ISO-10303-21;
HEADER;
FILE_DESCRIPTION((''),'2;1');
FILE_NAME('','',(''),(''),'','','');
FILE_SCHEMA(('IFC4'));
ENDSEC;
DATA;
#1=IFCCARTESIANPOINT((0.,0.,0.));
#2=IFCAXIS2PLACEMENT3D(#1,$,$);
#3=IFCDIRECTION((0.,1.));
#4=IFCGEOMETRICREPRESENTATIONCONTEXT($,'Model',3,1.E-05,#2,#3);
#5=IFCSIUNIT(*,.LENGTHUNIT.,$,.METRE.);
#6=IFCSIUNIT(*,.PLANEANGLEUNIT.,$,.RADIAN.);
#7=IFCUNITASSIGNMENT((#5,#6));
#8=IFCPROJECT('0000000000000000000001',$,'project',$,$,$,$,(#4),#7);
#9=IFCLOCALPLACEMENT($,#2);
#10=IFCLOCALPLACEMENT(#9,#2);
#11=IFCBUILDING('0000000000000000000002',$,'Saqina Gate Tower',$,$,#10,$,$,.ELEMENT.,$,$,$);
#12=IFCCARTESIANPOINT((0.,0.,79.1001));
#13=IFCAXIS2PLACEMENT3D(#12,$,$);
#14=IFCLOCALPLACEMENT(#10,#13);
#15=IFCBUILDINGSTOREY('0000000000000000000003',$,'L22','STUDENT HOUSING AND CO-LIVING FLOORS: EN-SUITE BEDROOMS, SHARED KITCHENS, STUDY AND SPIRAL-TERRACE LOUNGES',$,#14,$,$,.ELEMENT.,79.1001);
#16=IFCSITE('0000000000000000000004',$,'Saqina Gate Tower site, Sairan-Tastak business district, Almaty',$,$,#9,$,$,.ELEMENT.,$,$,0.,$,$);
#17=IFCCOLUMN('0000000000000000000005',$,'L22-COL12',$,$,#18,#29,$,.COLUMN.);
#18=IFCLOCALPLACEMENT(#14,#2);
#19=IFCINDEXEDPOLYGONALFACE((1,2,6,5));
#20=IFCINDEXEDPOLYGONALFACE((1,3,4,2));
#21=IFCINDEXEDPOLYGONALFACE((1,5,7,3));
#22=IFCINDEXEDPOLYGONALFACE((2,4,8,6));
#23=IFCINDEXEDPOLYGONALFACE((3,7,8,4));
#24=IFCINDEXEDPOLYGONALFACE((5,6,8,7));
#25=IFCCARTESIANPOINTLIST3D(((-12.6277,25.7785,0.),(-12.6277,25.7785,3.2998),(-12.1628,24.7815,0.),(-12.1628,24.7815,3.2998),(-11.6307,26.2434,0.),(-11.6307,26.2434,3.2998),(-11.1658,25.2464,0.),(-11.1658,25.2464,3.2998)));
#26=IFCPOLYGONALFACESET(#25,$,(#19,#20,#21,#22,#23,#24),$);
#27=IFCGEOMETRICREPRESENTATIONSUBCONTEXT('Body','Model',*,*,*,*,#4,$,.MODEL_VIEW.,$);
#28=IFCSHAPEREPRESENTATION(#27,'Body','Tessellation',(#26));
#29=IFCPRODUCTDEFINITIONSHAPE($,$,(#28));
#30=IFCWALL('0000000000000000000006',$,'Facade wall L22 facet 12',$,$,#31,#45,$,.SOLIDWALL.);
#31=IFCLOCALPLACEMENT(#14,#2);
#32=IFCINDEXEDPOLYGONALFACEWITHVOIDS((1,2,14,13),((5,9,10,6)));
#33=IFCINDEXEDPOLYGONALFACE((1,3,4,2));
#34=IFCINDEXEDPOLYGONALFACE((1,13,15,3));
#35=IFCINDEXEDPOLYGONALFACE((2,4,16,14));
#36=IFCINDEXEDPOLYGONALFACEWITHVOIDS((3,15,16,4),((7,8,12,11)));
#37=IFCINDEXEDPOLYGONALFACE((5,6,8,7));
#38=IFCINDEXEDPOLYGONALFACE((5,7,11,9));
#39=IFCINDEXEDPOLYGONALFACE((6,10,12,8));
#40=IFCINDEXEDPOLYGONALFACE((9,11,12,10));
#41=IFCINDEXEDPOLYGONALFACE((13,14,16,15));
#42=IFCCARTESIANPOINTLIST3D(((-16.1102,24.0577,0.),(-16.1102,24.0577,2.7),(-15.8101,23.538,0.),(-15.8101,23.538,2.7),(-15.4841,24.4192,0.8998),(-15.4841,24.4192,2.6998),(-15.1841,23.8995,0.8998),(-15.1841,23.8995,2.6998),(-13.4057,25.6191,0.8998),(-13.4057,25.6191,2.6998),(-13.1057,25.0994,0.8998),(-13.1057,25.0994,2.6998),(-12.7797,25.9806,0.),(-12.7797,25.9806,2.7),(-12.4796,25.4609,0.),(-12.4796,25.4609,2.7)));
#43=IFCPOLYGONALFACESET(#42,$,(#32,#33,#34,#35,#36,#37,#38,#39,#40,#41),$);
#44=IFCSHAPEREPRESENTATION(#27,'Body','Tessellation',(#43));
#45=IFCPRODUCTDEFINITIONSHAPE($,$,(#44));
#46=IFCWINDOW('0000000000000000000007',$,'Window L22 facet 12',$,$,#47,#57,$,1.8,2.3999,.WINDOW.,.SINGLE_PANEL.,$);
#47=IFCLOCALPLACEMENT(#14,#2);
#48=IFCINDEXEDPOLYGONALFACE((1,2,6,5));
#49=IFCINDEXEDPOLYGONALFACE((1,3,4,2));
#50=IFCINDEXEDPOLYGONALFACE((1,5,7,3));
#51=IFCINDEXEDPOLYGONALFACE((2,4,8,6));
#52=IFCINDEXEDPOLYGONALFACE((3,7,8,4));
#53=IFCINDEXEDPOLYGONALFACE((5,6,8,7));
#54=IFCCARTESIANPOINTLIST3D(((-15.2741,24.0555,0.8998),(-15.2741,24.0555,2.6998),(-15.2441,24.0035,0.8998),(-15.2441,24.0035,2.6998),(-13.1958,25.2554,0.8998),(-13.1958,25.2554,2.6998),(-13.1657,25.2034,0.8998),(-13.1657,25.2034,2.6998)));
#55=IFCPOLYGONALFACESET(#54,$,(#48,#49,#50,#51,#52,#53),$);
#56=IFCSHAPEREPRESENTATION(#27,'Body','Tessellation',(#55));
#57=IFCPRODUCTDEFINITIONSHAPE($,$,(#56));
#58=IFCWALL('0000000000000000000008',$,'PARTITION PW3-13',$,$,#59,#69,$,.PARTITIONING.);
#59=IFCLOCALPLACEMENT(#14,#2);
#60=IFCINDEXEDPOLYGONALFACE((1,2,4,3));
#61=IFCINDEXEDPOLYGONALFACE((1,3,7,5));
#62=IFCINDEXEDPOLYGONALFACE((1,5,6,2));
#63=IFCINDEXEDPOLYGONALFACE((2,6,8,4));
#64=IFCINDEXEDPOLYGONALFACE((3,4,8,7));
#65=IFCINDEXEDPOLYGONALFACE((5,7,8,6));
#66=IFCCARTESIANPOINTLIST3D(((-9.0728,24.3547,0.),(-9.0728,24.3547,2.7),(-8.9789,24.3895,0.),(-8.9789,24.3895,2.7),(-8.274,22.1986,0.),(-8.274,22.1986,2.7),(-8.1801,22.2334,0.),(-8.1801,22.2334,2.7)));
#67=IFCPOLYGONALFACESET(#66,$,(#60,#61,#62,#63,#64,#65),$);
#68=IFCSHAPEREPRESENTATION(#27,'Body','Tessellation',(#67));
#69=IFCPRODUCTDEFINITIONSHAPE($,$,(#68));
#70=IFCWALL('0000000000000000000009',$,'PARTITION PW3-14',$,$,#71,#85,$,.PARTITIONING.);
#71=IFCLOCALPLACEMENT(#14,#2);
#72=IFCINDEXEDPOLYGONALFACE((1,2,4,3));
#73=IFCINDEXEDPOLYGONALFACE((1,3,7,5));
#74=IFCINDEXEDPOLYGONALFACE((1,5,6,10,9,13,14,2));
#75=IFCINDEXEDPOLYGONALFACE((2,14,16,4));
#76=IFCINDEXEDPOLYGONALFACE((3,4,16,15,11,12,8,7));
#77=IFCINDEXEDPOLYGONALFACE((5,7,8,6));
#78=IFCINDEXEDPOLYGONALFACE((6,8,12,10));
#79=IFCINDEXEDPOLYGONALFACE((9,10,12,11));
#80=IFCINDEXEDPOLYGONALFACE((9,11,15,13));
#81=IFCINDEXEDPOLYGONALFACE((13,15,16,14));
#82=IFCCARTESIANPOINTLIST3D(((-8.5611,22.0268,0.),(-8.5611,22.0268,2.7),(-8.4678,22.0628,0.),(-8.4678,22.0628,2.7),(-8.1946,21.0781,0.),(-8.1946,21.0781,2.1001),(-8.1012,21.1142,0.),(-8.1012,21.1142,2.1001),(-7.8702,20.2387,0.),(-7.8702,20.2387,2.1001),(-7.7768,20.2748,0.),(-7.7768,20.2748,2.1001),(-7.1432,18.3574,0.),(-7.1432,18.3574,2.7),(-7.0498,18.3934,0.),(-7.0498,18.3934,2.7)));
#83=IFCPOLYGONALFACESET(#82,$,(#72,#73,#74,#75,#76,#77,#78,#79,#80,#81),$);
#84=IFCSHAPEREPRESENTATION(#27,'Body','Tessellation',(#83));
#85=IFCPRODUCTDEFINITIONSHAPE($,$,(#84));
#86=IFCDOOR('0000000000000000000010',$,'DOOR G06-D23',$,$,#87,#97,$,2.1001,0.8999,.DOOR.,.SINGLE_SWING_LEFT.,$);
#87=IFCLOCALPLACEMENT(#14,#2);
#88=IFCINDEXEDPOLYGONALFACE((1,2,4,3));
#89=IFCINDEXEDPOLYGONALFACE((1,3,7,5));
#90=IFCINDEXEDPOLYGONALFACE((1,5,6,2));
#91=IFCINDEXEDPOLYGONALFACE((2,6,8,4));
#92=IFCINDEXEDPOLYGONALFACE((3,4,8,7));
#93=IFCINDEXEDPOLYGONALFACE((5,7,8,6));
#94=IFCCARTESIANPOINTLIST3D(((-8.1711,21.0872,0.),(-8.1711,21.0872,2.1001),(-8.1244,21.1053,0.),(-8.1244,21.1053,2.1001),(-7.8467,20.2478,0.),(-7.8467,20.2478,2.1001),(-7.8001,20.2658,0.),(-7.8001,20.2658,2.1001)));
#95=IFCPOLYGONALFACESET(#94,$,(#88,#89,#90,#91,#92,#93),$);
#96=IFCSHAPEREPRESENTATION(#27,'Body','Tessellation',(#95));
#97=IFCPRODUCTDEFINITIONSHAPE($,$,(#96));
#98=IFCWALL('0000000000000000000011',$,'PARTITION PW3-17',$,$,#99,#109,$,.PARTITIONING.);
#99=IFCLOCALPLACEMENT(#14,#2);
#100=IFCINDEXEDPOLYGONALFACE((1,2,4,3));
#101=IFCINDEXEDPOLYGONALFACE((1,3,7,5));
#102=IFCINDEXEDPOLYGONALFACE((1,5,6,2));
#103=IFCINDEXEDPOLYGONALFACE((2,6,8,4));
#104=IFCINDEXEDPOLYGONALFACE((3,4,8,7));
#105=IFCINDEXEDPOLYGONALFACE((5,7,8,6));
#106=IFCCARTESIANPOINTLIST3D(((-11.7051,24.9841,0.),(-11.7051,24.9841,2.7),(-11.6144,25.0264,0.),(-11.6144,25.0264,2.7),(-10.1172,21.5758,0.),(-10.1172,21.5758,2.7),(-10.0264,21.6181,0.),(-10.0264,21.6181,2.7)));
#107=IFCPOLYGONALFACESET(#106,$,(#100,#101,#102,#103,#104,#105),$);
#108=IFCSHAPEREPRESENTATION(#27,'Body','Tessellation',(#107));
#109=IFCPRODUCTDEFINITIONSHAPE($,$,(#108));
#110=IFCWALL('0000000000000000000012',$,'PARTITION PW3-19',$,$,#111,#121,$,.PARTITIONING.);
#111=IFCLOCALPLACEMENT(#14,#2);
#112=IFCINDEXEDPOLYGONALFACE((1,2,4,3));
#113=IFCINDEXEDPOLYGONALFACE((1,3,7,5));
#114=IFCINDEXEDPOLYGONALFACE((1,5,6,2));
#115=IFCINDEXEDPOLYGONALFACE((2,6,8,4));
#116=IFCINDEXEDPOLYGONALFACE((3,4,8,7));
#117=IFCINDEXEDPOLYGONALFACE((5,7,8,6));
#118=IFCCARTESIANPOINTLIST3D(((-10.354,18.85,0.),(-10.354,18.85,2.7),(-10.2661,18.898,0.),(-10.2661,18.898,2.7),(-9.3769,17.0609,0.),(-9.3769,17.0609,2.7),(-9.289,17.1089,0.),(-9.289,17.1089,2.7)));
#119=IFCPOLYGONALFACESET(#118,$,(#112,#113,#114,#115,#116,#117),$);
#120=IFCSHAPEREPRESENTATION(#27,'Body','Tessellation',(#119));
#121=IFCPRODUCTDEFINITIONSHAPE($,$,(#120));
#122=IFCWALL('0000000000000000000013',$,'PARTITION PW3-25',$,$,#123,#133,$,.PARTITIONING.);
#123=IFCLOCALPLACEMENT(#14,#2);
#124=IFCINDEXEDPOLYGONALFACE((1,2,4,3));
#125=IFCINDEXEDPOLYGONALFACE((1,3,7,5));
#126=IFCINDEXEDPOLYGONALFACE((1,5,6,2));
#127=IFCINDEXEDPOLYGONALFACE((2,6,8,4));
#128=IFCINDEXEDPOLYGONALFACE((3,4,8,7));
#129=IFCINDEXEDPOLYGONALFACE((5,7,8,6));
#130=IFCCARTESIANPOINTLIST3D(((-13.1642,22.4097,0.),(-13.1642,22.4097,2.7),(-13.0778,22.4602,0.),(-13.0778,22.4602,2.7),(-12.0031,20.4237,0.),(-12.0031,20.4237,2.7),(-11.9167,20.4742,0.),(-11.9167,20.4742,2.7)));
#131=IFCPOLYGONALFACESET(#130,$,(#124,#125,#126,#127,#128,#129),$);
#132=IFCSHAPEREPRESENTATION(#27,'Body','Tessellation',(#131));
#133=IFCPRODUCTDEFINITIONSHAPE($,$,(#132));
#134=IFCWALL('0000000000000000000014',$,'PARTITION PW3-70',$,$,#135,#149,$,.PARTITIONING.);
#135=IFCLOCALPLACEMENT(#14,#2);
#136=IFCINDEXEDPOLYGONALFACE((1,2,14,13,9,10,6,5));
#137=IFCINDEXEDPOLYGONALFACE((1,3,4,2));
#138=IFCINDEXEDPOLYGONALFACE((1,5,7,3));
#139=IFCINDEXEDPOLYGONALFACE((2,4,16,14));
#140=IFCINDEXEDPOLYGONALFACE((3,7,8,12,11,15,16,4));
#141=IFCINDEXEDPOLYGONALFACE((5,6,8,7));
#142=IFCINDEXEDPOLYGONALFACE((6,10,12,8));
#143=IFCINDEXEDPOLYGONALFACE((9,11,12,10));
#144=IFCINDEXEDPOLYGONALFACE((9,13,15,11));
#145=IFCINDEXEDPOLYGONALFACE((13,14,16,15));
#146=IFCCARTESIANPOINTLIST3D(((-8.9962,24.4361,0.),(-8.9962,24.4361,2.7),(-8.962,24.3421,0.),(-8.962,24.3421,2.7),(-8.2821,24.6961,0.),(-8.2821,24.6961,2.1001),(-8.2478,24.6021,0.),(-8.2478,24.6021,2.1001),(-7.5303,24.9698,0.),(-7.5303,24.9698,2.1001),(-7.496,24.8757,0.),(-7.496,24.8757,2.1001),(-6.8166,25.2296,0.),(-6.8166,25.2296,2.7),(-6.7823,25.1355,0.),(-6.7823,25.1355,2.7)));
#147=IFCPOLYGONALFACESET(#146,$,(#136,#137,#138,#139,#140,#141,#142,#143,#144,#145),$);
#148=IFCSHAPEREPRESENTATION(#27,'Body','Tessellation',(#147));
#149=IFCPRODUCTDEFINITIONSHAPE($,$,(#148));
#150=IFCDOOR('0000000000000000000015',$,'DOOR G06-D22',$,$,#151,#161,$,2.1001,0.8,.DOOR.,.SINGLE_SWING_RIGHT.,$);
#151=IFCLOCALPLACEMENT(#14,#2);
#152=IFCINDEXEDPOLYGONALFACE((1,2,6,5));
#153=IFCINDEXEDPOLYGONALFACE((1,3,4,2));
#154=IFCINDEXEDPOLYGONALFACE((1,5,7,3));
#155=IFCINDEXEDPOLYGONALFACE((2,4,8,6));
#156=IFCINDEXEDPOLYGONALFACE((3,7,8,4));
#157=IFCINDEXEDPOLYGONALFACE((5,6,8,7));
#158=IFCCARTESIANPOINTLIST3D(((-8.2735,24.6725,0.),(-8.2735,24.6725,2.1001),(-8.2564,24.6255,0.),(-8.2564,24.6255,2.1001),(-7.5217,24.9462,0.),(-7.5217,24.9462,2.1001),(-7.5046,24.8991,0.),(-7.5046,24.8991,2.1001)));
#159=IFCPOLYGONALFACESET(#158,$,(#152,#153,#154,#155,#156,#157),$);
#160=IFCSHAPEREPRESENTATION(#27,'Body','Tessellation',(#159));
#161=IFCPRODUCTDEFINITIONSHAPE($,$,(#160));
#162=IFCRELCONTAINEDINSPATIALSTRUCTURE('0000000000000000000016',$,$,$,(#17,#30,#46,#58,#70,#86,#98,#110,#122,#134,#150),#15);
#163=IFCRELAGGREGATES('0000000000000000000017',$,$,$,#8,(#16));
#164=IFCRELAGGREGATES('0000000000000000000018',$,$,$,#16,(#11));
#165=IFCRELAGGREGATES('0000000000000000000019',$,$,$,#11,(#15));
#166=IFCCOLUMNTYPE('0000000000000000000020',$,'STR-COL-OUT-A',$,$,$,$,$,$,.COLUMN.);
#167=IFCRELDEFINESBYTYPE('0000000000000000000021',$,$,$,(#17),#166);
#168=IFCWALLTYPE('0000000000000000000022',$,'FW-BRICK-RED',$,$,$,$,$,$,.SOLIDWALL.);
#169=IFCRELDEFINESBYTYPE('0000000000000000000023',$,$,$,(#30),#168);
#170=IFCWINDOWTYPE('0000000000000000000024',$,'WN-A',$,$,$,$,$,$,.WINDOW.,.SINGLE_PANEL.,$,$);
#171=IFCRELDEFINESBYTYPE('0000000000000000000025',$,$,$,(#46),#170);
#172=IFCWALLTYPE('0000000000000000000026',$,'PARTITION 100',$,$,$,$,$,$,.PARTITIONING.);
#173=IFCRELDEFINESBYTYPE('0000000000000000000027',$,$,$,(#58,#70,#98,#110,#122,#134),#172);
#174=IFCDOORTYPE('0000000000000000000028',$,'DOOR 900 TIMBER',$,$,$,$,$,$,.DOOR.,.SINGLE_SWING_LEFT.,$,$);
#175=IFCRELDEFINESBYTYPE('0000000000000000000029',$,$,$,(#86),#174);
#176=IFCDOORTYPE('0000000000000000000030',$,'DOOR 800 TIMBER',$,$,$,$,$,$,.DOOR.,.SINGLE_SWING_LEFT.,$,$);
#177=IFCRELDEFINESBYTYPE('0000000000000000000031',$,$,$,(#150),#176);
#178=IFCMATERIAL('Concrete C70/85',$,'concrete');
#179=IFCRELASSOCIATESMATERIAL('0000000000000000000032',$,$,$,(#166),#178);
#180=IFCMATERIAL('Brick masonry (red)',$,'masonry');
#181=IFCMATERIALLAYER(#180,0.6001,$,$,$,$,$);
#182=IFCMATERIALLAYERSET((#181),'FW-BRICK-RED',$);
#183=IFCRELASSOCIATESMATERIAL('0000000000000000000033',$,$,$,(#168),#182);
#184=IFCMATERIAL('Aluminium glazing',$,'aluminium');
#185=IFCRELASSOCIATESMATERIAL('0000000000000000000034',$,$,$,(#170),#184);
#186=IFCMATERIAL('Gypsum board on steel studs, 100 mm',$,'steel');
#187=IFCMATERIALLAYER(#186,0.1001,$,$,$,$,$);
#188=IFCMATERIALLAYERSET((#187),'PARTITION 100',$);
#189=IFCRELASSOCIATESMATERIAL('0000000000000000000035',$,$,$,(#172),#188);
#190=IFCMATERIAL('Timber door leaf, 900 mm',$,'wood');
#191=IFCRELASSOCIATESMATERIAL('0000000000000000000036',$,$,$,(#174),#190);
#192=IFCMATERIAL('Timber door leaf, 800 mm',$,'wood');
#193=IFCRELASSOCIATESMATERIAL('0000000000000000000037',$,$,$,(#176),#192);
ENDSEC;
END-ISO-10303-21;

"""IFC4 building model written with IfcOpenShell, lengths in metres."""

from ifc_helpers import new_model, si_unit, direction, frame, frame_2d, origin, origin_2d, place, context, subcontext, project, spatial, rectangle, extrude, material, layer, layer_set, material_profile, profile_set, type_object, element, fill, save


model = new_model("IFC4")

# Units and contexts
model_context = context("Model", 3, precision=1e-05, world=origin(), true_north=direction((0.0, 1.0)))
body_context = subcontext(model_context, "Body", "Model", "MODEL_VIEW")
ifc_project = project(units=[si_unit("LENGTHUNIT", "METRE"), si_unit("PLANEANGLEUNIT", "RADIAN")], contexts=[model_context])

# Site, building, storey
site_placement = place(None, origin())
site = spatial("IfcSite", under=ifc_project, at=site_placement, Name="Saqina Gate Tower site, Sairan-Tastak business district, Almaty", CompositionType="ELEMENT", RefElevation=0.0)
building_placement = place(site_placement, origin())
building = spatial("IfcBuilding", under=site, at=building_placement, Name="Saqina Gate Tower", CompositionType="ELEMENT")
storey_placement = place(building_placement, frame((0.0, 0.0, 79.1001)))
storey = spatial("IfcBuildingStorey", under=building, at=storey_placement, Name="L22", Description="STUDENT HOUSING AND CO-LIVING FLOORS: EN-SUITE BEDROOMS, SHARED KITCHENS, STUDY AND SPIRAL-TERRACE LOUNGES", CompositionType="ELEMENT", Elevation=79.1001)

# Column
ifc_material_1 = material(Name="Concrete C70/85", Category="concrete")
ifc_material_profile = material_profile(ifc_material_1, rectangle(XDim=1.1001, YDim=1.1001, at=origin_2d()), Name="RC 1100x1100")
ifc_profile_set = profile_set([ifc_material_profile], Name="Concrete C70/85")
column_type = type_object("IfcColumnType", Name="STR-COL-OUT-A", PredefinedType="COLUMN", material=ifc_profile_set)
column_placement = place(storey_placement, frame((-11.8967, 25.5125, 0.0), z_axis=(0.0, 0.0, 1.0), x_axis=(-0.422618, 0.906308, 0.0)))
element("IfcColumn", 1, at=column_placement, inside=storey, type_object=column_type, Name="L22-COL12", PredefinedType="COLUMN", context=body_context, shape_type="SweptSolid", body=[
    extrude(rectangle(XDim=1.1001, YDim=1.1001, at=origin_2d()), origin(), (0.0, 0.0, 1.0), 3.2998),
])

# Wall, opening, window
ifc_material_2 = material(Name="Brick masonry (red)", Category="masonry")
ifc_layer_1 = layer(ifc_material_2, 0.6001)
ifc_layer_set_1 = layer_set([ifc_layer_1], Name="FW-BRICK-RED")
wall_type_1 = type_object("IfcWallType", Name="FW-BRICK-RED", PredefinedType="SOLIDWALL", material=ifc_layer_set_1)
wall_1_placement = place(storey_placement, frame((-12.6296, 25.7207, 0.0), z_axis=(0.0, 0.0, 1.0), x_axis=(-0.866031, -0.49999, 0.0)))
wall_1 = element("IfcWall", 2, at=wall_1_placement, inside=storey, type_object=wall_type_1, Name="Facade wall L22 facet 12", PredefinedType="SOLIDWALL", context=body_context, shape_type="SweptSolid", body=[
    extrude(rectangle(XDim=3.8457, YDim=0.6001, at=frame_2d((1.9229, 0.0))), origin(), (0.0, 0.0, 1.0), 2.7),
])
opening_1_placement = place(wall_1_placement, frame((0.7229, 0.0, 0.8999)))
opening_1 = element("IfcOpeningElement", 3, at=opening_1_placement, cuts=wall_1, PredefinedType="OPENING", context=body_context, shape_type="SweptSolid", body=[
    extrude(rectangle(XDim=2.3999, YDim=1.8, at=frame_2d((1.2, 0.8999))), frame((0.0, 0.312, 0.0), z_axis=(0.0, -1.0, 0.0), x_axis=(1.0, 0.0, 0.0)), (0.0, 0.0, 1.0), 0.624),
])
ifc_material_3 = material(Name="Aluminium glazing", Category="aluminium")
window_type = type_object("IfcWindowType", Name="WN-A", PartitioningType="SINGLE_PANEL", PredefinedType="WINDOW", material=ifc_material_3)
window_placement = place(opening_1_placement, origin())
window = element("IfcWindow", 4, at=window_placement, inside=storey, type_object=window_type, Name="Window L22 facet 12", OverallHeight=1.8, OverallWidth=2.3999, PartitioningType="SINGLE_PANEL", PredefinedType="WINDOW", context=body_context, shape_type="SweptSolid", body=[
    extrude(rectangle(XDim=2.3999, YDim=1.8, at=frame_2d((1.2, 0.8999))), frame((0.0, 0.1799, 0.0), z_axis=(0.0, -1.0, 0.0), x_axis=(1.0, 0.0, 0.0)), (0.0, 0.0, 1.0), 0.0601),
])
fill(opening_1, window)

# Wall
ifc_material_4 = material(Name="Gypsum board on steel studs, 100 mm", Category="steel")
ifc_layer_2 = layer(ifc_material_4, 0.1001)
ifc_layer_set_2 = layer_set([ifc_layer_2], Name="PARTITION 100")
wall_type_2 = type_object("IfcWallType", Name="PARTITION 100", PredefinedType="PARTITIONING", material=ifc_layer_set_2)
wall_2_placement = place(storey_placement, frame((-9.0259, 24.3721, 0.0), z_axis=(0.0, 0.0, 1.0), x_axis=(0.347432, -0.937705, 0.0)))
element("IfcWall", 5, at=wall_2_placement, inside=storey, type_object=wall_type_2, Name="PARTITION PW3-13", PredefinedType="PARTITIONING", context=body_context, shape_type="SweptSolid", body=[
    extrude(rectangle(XDim=2.2993, YDim=0.1001, at=frame_2d((1.1497, 0.0))), origin(), (0.0, 0.0, 1.0), 2.7),
])

# Wall, opening, door
wall_3_placement = place(storey_placement, frame((-8.5144, 22.0447, 0.0), z_axis=(0.0, 0.0, 1.0), x_axis=(0.360451, -0.932778, 0.0)))
wall_3 = element("IfcWall", 6, at=wall_3_placement, inside=storey, type_object=wall_type_2, Name="PARTITION PW3-14", PredefinedType="PARTITIONING", context=body_context, shape_type="SweptSolid", body=[
    extrude(rectangle(XDim=3.9338, YDim=0.1001, at=frame_2d((1.9668, 0.0))), origin(), (0.0, 0.0, 1.0), 2.7),
])
opening_2_placement = place(wall_3_placement, frame((1.0168, 0.0, 0.0)))
opening_2 = element("IfcOpeningElement", 7, at=opening_2_placement, cuts=wall_3, PredefinedType="OPENING", context=body_context, shape_type="SweptSolid", body=[
    extrude(rectangle(XDim=0.8999, YDim=2.1001, at=frame_2d((0.45, 1.05))), frame((0.0, 0.062, 0.0), z_axis=(0.0, -1.0, 0.0), x_axis=(1.0, 0.0, 0.0)), (0.0, 0.0, 1.0), 0.124),
])
ifc_material_5 = material(Name="Timber door leaf, 900 mm", Category="wood")
door_type_1 = type_object("IfcDoorType", Name="DOOR 900 TIMBER", OperationType="SINGLE_SWING_LEFT", PredefinedType="DOOR", material=ifc_material_5)
door_1_placement = place(opening_2_placement, frame((0.8999, 0.0, 0.0), z_axis=(0.0, 0.0, 1.0), x_axis=(-1.0, 0.0, 0.0)))
door_1 = element("IfcDoor", 8, at=door_1_placement, inside=storey, type_object=door_type_1, Name="DOOR G06-D23", OperationType="SINGLE_SWING_LEFT", OverallHeight=2.1001, OverallWidth=0.8999, PredefinedType="DOOR", context=body_context, shape_type="SweptSolid", body=[
    extrude(rectangle(XDim=0.8999, YDim=2.1001, at=frame_2d((0.45, 1.05))), frame((0.0, 0.0249, 0.0), z_axis=(0.0, -1.0, 0.0), x_axis=(1.0, 0.0, 0.0)), (0.0, 0.0, 1.0), 0.05),
])
fill(opening_2, door_1)

# Walls
wall_4_placement = place(storey_placement, frame((-11.6597, 25.0051, 0.0), z_axis=(0.0, 0.0, 1.0), x_axis=(0.422317, -0.906448, 0.0)))
element("IfcWall", 9, at=wall_4_placement, inside=storey, type_object=wall_type_2, Name="PARTITION PW3-17", PredefinedType="PARTITIONING", context=body_context, shape_type="SweptSolid", body=[
    extrude(rectangle(XDim=3.76, YDim=0.1001, at=frame_2d((1.8799, 0.0))), origin(), (0.0, 0.0, 1.0), 2.7),
])
wall_5_placement = place(storey_placement, frame((-10.3101, 18.874, 0.0), z_axis=(0.0, 0.0, 1.0), x_axis=(0.479305, -0.877648, 0.0)))
element("IfcWall", 10, at=wall_5_placement, inside=storey, type_object=wall_type_2, Name="PARTITION PW3-19", PredefinedType="PARTITIONING", context=body_context, shape_type="SweptSolid", body=[
    extrude(rectangle(XDim=2.0386, YDim=0.1001, at=frame_2d((1.0193, 0.0))), origin(), (0.0, 0.0, 1.0), 2.7),
])
wall_6_placement = place(storey_placement, frame((-13.1211, 22.4351, 0.0), z_axis=(0.0, 0.0, 1.0), x_axis=(0.504709, -0.86329, 0.0)))
element("IfcWall", 11, at=wall_6_placement, inside=storey, type_object=wall_type_2, Name="PARTITION PW3-25", PredefinedType="PARTITIONING", context=body_context, shape_type="SweptSolid", body=[
    extrude(rectangle(XDim=2.3005, YDim=0.1001, at=frame_2d((1.1504, 0.0))), origin(), (0.0, 0.0, 1.0), 2.7),
])

# Wall, opening, door
wall_7_placement = place(storey_placement, frame((-8.979, 24.3892, 0.0), z_axis=(0.0, 0.0, 1.0), x_axis=(0.939677, 0.342064, 0.0)))
wall_7 = element("IfcWall", 12, at=wall_7_placement, inside=storey, type_object=wall_type_2, Name="PARTITION PW3-70", PredefinedType="PARTITIONING", context=body_context, shape_type="SweptSolid", body=[
    extrude(rectangle(XDim=2.3196, YDim=0.1001, at=frame_2d((1.1597, 0.0))), origin(), (0.0, 0.0, 1.0), 2.7),
])
opening_3_placement = place(wall_7_placement, frame((0.76, 0.0, 0.0)))
opening_3 = element("IfcOpeningElement", 13, at=opening_3_placement, cuts=wall_7, PredefinedType="OPENING", context=body_context, shape_type="SweptSolid", body=[
    extrude(rectangle(XDim=0.8, YDim=2.1001, at=frame_2d((0.3999, 1.05))), frame((0.0, 0.062, 0.0), z_axis=(0.0, -1.0, 0.0), x_axis=(1.0, 0.0, 0.0)), (0.0, 0.0, 1.0), 0.124),
])
ifc_material_6 = material(Name="Timber door leaf, 800 mm", Category="wood")
door_type_2 = type_object("IfcDoorType", Name="DOOR 800 TIMBER", OperationType="SINGLE_SWING_LEFT", PredefinedType="DOOR", material=ifc_material_6)
door_2_placement = place(opening_3_placement, origin())
door_2 = element("IfcDoor", 14, at=door_2_placement, inside=storey, type_object=door_type_2, Name="DOOR G06-D22", OperationType="SINGLE_SWING_RIGHT", OverallHeight=2.1001, OverallWidth=0.8, PredefinedType="DOOR", context=body_context, shape_type="SweptSolid", body=[
    extrude(rectangle(XDim=0.8, YDim=2.1001, at=frame_2d((0.3999, 1.05))), frame((0.0, 0.0249, 0.0), z_axis=(0.0, -1.0, 0.0), x_axis=(1.0, 0.0, 0.0)), (0.0, 0.0, 1.0), 0.05),
])
fill(opening_3, door_2)

save(model, "model.ifc")
